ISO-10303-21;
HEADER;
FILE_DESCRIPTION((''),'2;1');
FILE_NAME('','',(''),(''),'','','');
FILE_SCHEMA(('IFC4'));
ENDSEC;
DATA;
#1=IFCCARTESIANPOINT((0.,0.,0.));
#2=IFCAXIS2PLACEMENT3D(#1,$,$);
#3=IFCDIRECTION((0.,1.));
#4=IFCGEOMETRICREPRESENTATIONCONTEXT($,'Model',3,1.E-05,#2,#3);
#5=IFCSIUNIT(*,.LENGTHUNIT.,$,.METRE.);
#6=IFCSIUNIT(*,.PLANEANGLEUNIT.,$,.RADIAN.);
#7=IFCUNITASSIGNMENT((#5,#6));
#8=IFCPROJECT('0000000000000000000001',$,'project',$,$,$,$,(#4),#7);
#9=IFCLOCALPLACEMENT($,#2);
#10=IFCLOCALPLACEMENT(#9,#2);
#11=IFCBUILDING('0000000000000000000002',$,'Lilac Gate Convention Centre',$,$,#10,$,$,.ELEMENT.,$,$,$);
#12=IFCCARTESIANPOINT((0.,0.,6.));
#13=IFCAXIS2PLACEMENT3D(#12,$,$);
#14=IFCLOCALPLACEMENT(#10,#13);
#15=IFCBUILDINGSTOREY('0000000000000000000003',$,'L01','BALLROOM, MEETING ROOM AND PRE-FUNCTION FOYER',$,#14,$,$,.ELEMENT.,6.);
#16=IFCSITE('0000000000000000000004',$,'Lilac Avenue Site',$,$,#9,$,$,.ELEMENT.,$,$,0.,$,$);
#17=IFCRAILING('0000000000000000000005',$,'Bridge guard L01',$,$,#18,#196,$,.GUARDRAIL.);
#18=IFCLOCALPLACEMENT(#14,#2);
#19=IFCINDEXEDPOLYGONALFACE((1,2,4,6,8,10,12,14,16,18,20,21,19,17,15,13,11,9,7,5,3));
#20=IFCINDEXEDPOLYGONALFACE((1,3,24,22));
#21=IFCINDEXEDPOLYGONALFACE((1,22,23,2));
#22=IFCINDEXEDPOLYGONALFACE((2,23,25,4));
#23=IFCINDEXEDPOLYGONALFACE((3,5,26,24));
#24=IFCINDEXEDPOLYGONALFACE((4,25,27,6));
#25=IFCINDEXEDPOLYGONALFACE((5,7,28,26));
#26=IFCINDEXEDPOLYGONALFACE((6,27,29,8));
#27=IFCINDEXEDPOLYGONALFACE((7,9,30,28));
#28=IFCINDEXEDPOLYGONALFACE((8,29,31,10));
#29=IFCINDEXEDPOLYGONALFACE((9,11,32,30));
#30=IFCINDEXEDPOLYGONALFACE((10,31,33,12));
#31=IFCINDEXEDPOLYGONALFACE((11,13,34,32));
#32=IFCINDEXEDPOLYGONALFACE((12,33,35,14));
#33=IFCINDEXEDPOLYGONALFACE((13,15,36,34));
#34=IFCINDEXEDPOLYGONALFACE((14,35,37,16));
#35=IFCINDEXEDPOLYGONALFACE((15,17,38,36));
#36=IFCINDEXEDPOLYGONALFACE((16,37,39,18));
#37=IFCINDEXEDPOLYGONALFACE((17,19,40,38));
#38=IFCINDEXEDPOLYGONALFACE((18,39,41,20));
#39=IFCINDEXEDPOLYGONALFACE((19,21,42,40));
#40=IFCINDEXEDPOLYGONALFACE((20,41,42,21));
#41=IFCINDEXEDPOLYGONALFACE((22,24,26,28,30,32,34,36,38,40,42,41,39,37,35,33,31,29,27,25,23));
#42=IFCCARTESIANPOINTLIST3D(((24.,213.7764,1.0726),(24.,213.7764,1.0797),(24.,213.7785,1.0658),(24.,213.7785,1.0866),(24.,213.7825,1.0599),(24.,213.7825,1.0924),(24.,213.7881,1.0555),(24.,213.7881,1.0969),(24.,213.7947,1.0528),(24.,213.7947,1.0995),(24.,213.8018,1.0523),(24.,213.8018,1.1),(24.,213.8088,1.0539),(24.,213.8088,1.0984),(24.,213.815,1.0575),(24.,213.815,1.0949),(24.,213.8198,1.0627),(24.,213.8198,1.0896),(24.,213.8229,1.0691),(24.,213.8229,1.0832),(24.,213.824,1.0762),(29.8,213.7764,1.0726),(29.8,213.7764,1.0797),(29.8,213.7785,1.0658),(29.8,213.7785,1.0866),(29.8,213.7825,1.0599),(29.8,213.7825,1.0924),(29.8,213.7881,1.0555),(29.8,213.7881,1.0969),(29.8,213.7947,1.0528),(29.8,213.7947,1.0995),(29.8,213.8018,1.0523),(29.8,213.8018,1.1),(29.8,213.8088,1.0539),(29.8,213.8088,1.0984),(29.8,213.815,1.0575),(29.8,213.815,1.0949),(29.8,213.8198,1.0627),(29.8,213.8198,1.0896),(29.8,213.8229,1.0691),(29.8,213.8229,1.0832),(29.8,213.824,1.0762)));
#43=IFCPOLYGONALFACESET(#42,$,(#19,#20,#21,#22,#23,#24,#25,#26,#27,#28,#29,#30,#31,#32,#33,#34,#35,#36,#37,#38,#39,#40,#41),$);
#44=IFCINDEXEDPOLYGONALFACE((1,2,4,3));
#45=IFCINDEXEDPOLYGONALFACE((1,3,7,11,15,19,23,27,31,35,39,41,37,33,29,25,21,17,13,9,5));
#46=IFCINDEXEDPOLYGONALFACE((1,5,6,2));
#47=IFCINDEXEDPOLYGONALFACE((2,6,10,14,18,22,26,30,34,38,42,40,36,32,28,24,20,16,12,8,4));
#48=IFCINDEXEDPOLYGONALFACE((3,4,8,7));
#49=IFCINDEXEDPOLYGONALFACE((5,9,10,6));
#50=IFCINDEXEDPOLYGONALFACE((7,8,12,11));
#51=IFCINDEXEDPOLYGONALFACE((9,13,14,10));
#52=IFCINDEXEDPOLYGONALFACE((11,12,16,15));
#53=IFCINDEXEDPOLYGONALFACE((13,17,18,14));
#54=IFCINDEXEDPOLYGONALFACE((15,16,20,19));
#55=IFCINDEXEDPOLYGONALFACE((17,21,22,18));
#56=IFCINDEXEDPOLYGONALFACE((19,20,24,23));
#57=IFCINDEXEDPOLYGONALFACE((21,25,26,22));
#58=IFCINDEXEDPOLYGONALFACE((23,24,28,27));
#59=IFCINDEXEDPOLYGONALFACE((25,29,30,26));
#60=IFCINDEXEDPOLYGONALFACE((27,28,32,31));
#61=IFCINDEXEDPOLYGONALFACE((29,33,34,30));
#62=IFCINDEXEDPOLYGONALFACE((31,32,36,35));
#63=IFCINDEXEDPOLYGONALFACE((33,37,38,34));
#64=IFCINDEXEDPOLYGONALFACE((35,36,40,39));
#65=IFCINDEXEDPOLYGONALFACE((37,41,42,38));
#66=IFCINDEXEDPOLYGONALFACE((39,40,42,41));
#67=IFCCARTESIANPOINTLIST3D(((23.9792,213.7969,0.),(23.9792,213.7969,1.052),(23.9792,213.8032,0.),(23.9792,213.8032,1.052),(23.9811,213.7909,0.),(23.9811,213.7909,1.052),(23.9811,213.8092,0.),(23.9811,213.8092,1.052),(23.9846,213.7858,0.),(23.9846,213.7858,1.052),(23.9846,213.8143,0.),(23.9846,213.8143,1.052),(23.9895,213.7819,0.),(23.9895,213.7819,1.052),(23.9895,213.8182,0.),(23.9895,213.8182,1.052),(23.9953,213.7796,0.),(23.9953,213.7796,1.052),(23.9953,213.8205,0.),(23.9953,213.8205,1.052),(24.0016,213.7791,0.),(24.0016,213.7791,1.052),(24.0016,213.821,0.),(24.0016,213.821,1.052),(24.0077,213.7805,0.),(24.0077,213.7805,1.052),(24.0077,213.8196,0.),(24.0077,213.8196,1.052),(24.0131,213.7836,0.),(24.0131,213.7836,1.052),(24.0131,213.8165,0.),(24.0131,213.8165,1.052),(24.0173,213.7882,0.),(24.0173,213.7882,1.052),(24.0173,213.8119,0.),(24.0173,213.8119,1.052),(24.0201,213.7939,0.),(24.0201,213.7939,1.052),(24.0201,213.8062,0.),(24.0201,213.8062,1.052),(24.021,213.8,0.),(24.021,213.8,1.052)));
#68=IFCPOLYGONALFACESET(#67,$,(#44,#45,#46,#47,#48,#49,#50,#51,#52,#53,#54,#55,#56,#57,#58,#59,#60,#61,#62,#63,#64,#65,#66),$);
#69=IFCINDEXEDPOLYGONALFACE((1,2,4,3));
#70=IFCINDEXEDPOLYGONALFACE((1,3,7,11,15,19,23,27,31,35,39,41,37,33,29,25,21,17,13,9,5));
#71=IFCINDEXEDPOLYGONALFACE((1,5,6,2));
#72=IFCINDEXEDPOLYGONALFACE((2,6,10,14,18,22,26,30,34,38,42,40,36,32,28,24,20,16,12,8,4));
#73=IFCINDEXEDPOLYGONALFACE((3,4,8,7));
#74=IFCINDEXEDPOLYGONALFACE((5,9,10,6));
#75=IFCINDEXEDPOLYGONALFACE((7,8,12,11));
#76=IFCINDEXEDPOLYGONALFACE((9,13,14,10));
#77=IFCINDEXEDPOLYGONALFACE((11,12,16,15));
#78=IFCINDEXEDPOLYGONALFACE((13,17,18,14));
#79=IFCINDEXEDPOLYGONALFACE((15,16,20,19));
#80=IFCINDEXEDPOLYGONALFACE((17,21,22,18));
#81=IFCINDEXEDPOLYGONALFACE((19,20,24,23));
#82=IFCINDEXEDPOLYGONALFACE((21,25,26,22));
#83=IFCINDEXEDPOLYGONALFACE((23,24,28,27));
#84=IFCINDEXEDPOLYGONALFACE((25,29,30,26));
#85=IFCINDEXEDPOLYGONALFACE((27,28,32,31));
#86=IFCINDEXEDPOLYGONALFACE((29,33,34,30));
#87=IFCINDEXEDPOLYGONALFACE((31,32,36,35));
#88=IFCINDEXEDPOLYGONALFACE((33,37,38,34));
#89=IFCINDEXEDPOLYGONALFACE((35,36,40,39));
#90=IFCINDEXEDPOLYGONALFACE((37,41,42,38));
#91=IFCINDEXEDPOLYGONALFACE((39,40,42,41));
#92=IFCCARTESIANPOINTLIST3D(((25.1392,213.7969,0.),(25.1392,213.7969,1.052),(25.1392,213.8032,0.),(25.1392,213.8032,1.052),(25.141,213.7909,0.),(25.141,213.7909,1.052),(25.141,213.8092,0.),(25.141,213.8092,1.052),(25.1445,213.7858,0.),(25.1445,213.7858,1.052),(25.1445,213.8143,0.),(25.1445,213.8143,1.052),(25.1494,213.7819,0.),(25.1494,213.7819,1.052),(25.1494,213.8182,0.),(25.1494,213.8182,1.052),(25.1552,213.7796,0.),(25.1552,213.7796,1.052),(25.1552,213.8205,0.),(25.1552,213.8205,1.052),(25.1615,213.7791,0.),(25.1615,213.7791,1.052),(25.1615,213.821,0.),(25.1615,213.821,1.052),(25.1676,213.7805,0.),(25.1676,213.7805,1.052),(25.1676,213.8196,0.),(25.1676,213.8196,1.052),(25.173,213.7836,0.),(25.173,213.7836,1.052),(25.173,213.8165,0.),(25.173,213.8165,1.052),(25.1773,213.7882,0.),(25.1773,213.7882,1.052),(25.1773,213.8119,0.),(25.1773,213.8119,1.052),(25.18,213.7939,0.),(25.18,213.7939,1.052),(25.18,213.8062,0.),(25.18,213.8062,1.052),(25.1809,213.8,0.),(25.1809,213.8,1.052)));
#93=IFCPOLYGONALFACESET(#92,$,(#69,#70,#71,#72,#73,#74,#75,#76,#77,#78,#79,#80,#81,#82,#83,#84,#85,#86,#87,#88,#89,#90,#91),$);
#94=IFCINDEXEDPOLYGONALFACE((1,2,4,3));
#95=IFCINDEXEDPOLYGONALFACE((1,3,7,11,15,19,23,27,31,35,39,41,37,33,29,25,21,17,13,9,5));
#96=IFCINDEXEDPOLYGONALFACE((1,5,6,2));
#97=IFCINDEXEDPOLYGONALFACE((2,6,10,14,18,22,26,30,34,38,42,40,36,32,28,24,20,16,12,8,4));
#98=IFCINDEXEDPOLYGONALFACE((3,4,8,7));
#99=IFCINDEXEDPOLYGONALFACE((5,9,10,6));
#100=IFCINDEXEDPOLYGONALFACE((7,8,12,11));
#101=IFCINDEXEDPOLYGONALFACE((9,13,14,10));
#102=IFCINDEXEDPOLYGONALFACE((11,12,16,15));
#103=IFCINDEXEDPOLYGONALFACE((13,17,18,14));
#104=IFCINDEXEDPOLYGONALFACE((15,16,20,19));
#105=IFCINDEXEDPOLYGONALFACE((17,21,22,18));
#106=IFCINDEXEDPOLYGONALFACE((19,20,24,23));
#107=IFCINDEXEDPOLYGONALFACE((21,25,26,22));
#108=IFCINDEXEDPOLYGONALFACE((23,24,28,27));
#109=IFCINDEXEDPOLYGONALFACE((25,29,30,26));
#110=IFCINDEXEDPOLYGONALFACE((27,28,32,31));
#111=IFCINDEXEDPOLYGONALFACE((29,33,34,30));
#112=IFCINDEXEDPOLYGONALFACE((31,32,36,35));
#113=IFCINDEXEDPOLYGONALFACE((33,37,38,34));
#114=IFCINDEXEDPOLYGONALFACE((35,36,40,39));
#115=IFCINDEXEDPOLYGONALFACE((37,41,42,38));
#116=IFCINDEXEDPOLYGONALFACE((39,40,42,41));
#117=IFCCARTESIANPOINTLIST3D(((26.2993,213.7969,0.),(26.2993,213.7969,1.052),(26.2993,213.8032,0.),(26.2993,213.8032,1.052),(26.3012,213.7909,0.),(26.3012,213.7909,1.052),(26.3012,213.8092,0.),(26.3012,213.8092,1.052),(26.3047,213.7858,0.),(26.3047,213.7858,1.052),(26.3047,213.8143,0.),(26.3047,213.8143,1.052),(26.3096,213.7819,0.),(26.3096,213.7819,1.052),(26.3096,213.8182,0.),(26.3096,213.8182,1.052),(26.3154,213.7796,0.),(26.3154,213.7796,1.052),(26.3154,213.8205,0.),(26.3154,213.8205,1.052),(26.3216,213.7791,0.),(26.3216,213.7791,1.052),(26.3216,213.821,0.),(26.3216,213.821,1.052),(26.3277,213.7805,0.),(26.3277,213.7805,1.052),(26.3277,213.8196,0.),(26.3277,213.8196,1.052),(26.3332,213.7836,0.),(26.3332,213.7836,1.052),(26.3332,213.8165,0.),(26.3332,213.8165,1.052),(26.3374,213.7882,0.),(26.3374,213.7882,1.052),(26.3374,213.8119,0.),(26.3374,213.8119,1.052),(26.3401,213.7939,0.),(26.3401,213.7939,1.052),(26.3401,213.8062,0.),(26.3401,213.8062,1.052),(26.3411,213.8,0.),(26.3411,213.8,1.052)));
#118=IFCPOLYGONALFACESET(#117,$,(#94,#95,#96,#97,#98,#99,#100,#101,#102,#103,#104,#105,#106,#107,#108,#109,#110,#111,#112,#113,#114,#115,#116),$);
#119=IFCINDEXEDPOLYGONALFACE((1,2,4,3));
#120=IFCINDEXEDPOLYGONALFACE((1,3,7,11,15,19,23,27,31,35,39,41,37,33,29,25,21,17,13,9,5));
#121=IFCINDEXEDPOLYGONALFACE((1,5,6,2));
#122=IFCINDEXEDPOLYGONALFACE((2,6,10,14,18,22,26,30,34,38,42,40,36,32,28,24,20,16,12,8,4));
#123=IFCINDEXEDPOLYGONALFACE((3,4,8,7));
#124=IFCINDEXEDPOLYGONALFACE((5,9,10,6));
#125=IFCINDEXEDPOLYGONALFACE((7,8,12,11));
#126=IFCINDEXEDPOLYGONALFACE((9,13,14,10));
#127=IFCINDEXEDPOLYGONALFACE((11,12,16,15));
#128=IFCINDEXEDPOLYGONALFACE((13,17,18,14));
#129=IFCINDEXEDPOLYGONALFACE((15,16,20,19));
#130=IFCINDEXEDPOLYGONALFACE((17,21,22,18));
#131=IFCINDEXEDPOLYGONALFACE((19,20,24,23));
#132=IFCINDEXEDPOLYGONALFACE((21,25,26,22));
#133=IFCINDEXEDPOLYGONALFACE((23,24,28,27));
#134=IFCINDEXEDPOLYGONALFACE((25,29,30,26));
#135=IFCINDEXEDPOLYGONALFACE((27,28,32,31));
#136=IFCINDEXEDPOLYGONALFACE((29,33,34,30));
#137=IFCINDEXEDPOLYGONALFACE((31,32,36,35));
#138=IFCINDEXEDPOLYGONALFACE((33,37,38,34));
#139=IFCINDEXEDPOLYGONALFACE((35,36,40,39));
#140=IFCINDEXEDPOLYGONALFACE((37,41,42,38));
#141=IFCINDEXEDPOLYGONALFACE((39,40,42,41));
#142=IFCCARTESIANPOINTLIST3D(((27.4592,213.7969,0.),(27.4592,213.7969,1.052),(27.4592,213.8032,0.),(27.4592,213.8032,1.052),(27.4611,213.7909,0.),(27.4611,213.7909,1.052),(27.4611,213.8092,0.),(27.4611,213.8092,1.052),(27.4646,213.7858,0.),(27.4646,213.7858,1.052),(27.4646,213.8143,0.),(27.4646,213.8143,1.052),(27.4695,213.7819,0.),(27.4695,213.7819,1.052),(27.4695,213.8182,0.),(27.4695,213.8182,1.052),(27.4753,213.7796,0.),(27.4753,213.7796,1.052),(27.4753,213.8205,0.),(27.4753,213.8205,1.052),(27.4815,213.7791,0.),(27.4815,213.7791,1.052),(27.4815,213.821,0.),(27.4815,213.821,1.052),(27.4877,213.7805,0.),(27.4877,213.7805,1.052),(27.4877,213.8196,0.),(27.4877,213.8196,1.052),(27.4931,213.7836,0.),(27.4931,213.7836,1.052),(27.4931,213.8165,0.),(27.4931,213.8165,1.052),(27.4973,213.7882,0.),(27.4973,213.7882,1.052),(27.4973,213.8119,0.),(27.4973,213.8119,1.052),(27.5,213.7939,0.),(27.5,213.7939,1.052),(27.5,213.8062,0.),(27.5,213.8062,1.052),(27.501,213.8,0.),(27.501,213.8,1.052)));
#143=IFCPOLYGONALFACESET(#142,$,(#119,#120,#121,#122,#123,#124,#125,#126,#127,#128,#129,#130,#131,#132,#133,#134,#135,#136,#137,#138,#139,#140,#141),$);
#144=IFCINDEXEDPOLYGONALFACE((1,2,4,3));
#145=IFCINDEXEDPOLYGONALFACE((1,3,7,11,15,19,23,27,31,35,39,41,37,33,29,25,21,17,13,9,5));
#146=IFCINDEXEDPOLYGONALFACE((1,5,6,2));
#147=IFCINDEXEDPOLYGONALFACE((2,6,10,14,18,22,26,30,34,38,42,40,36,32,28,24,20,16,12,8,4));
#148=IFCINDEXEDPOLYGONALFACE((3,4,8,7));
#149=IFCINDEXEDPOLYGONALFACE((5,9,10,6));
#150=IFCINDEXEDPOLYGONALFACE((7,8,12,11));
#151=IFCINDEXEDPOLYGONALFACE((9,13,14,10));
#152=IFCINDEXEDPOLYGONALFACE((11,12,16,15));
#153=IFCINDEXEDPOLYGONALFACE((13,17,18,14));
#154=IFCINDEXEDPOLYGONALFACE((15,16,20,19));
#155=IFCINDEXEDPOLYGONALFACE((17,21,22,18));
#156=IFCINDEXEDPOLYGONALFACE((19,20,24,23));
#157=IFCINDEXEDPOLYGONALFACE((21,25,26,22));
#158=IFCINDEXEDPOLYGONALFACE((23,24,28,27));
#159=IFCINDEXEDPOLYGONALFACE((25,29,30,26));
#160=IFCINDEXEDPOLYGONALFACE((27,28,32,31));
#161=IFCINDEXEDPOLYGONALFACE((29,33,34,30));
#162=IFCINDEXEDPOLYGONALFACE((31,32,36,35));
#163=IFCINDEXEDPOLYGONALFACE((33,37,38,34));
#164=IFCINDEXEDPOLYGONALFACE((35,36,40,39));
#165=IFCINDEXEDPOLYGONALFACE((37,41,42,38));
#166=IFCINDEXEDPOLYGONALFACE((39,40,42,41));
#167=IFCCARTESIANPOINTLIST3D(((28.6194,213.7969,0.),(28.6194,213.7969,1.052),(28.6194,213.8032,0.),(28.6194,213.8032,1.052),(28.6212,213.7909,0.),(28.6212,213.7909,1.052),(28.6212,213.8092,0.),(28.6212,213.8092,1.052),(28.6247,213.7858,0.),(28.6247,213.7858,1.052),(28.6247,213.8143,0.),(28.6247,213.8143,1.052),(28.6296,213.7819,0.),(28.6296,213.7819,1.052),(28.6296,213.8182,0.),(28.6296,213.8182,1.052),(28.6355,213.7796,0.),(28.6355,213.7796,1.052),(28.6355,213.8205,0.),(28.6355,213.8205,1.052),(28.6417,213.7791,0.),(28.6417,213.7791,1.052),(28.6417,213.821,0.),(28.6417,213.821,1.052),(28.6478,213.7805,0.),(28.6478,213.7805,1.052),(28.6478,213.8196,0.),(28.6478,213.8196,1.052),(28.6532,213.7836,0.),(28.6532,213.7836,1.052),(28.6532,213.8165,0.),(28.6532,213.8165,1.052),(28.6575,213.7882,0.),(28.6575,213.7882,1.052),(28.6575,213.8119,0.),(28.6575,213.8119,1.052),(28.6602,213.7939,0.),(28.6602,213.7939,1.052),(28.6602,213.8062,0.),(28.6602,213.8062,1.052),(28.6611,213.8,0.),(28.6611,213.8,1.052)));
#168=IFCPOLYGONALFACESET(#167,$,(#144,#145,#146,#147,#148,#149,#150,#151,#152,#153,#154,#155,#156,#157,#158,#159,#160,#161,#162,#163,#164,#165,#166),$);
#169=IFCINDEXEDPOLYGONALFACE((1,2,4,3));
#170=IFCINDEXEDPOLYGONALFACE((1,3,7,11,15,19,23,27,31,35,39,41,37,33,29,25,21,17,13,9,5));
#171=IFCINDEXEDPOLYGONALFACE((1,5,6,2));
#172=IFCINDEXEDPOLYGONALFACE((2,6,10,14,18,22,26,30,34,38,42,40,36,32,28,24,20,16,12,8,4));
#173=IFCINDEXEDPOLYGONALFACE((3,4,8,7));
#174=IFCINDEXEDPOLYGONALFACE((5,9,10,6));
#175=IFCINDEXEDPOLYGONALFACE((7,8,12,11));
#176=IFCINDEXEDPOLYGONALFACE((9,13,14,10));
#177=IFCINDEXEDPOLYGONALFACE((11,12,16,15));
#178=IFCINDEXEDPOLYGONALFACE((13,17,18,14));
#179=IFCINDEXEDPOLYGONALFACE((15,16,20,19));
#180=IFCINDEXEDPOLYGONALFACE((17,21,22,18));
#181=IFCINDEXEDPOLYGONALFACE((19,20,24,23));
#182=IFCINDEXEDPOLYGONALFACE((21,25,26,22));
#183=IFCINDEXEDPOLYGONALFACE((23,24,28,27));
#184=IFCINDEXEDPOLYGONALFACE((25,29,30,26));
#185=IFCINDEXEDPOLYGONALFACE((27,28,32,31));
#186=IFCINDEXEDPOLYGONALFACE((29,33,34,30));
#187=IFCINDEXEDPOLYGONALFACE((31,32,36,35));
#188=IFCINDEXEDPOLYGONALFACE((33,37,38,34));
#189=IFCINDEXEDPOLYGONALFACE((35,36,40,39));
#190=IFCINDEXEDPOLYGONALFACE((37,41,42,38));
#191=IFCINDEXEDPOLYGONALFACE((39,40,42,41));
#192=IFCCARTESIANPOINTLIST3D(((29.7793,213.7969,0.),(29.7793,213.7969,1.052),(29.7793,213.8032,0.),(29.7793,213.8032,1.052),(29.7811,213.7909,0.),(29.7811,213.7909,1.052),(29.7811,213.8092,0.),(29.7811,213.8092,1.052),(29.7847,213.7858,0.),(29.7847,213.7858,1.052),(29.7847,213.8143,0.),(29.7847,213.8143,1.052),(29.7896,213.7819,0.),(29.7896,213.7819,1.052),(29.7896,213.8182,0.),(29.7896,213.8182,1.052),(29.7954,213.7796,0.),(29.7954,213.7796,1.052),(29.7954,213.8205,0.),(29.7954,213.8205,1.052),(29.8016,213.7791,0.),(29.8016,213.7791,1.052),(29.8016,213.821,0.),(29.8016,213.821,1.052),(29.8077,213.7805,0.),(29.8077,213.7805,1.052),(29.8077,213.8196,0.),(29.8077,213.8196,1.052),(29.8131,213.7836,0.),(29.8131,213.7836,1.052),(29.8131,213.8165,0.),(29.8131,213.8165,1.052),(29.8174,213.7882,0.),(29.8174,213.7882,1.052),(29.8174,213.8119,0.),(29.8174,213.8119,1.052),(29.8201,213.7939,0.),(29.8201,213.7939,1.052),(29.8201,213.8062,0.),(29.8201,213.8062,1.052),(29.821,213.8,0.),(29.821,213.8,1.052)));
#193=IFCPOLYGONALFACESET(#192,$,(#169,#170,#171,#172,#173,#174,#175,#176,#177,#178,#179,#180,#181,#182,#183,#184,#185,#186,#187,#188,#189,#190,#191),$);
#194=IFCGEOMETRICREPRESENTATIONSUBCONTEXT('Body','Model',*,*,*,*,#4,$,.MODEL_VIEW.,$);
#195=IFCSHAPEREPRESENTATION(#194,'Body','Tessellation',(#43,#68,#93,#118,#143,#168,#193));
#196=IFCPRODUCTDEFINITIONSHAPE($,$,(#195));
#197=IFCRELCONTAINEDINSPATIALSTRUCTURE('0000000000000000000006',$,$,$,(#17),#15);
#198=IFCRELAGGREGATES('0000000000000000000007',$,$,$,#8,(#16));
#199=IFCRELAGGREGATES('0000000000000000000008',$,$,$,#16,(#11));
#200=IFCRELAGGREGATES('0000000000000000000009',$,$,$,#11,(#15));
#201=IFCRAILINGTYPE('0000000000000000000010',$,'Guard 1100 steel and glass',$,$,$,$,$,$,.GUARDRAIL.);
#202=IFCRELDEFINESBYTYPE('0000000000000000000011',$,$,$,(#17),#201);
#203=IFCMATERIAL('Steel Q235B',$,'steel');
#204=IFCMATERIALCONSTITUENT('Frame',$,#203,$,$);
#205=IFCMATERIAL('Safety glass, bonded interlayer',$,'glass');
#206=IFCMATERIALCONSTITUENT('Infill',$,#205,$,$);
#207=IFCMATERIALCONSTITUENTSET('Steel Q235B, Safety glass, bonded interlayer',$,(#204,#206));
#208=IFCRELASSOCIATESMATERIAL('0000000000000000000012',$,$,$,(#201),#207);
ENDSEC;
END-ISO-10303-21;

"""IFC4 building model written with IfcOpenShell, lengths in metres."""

from ifc_helpers import new_model, si_unit, direction, frame, origin, origin_2d, place, context, subcontext, project, spatial, circle, extrude, material, constituent, constituent_set, type_object, element, save


model = new_model("IFC4")

# Units and contexts
model_context = context("Model", 3, precision=1e-05, world=origin(), true_north=direction((0.0, 1.0)))
body_context = subcontext(model_context, "Body", "Model", "MODEL_VIEW")
ifc_project = project(units=[si_unit("LENGTHUNIT", "METRE"), si_unit("PLANEANGLEUNIT", "RADIAN")], contexts=[model_context])

# Site, building, storey
site_placement = place(None, origin())
site = spatial("IfcSite", under=ifc_project, at=site_placement, Name="Lilac Avenue Site", CompositionType="ELEMENT", RefElevation=0.0)
building_placement = place(site_placement, origin())
building = spatial("IfcBuilding", under=site, at=building_placement, Name="Lilac Gate Convention Centre", CompositionType="ELEMENT")
storey_placement = place(building_placement, frame((0.0, 0.0, 6.0)))
storey = spatial("IfcBuildingStorey", under=building, at=storey_placement, Name="L01", Description="BALLROOM, MEETING ROOM AND PRE-FUNCTION FOYER", CompositionType="ELEMENT", Elevation=6.0)

# Railing
ifc_material_1 = material(Name="Steel Q235B", Category="steel")
ifc_constituent_1 = constituent(ifc_material_1, Name="Frame")
ifc_material_2 = material(Name="Safety glass, bonded interlayer", Category="glass")
ifc_constituent_2 = constituent(ifc_material_2, Name="Infill")
ifc_constituent_set = constituent_set(constituents=[ifc_constituent_1, ifc_constituent_2], Name="Steel Q235B, Safety glass, bonded interlayer")
railing_type = type_object("IfcRailingType", Name="Guard 1100 steel and glass", PredefinedType="GUARDRAIL", material=ifc_constituent_set)
for number, where, name in (
    (1, (24.0, 213.8, 0.0), "Bridge guard L01"),
):
    element("IfcRailing", number, at=place(storey_placement, frame(where)), inside=storey, type_object=railing_type, Name=name, PredefinedType="GUARDRAIL", context=body_context, shape_type="SweptSolid", body=[
        extrude(circle(Radius=0.0239, at=origin_2d()), frame((0.0, 0.0, 1.0762), z_axis=(1.0, 0.0, 0.0), x_axis=(0.0, 1.0, 0.0)), (0.0, 0.0, 1.0), 5.8),
        extrude(circle(Radius=0.021, at=origin_2d()), origin(), (0.0, 0.0, 1.0), 1.052),
        extrude(circle(Radius=0.021, at=origin_2d()), frame((1.1599, 0.0, 0.0)), (0.0, 0.0, 1.0), 1.052),
        extrude(circle(Radius=0.021, at=origin_2d()), frame((2.3201, 0.0, 0.0)), (0.0, 0.0, 1.0), 1.052),
        extrude(circle(Radius=0.021, at=origin_2d()), frame((3.48, 0.0, 0.0)), (0.0, 0.0, 1.0), 1.052),
        extrude(circle(Radius=0.021, at=origin_2d()), frame((4.6401, 0.0, 0.0)), (0.0, 0.0, 1.0), 1.052),
        extrude(circle(Radius=0.021, at=origin_2d()), frame((5.8, 0.0, 0.0)), (0.0, 0.0, 1.0), 1.052),
    ])

save(model, "model.ifc")
